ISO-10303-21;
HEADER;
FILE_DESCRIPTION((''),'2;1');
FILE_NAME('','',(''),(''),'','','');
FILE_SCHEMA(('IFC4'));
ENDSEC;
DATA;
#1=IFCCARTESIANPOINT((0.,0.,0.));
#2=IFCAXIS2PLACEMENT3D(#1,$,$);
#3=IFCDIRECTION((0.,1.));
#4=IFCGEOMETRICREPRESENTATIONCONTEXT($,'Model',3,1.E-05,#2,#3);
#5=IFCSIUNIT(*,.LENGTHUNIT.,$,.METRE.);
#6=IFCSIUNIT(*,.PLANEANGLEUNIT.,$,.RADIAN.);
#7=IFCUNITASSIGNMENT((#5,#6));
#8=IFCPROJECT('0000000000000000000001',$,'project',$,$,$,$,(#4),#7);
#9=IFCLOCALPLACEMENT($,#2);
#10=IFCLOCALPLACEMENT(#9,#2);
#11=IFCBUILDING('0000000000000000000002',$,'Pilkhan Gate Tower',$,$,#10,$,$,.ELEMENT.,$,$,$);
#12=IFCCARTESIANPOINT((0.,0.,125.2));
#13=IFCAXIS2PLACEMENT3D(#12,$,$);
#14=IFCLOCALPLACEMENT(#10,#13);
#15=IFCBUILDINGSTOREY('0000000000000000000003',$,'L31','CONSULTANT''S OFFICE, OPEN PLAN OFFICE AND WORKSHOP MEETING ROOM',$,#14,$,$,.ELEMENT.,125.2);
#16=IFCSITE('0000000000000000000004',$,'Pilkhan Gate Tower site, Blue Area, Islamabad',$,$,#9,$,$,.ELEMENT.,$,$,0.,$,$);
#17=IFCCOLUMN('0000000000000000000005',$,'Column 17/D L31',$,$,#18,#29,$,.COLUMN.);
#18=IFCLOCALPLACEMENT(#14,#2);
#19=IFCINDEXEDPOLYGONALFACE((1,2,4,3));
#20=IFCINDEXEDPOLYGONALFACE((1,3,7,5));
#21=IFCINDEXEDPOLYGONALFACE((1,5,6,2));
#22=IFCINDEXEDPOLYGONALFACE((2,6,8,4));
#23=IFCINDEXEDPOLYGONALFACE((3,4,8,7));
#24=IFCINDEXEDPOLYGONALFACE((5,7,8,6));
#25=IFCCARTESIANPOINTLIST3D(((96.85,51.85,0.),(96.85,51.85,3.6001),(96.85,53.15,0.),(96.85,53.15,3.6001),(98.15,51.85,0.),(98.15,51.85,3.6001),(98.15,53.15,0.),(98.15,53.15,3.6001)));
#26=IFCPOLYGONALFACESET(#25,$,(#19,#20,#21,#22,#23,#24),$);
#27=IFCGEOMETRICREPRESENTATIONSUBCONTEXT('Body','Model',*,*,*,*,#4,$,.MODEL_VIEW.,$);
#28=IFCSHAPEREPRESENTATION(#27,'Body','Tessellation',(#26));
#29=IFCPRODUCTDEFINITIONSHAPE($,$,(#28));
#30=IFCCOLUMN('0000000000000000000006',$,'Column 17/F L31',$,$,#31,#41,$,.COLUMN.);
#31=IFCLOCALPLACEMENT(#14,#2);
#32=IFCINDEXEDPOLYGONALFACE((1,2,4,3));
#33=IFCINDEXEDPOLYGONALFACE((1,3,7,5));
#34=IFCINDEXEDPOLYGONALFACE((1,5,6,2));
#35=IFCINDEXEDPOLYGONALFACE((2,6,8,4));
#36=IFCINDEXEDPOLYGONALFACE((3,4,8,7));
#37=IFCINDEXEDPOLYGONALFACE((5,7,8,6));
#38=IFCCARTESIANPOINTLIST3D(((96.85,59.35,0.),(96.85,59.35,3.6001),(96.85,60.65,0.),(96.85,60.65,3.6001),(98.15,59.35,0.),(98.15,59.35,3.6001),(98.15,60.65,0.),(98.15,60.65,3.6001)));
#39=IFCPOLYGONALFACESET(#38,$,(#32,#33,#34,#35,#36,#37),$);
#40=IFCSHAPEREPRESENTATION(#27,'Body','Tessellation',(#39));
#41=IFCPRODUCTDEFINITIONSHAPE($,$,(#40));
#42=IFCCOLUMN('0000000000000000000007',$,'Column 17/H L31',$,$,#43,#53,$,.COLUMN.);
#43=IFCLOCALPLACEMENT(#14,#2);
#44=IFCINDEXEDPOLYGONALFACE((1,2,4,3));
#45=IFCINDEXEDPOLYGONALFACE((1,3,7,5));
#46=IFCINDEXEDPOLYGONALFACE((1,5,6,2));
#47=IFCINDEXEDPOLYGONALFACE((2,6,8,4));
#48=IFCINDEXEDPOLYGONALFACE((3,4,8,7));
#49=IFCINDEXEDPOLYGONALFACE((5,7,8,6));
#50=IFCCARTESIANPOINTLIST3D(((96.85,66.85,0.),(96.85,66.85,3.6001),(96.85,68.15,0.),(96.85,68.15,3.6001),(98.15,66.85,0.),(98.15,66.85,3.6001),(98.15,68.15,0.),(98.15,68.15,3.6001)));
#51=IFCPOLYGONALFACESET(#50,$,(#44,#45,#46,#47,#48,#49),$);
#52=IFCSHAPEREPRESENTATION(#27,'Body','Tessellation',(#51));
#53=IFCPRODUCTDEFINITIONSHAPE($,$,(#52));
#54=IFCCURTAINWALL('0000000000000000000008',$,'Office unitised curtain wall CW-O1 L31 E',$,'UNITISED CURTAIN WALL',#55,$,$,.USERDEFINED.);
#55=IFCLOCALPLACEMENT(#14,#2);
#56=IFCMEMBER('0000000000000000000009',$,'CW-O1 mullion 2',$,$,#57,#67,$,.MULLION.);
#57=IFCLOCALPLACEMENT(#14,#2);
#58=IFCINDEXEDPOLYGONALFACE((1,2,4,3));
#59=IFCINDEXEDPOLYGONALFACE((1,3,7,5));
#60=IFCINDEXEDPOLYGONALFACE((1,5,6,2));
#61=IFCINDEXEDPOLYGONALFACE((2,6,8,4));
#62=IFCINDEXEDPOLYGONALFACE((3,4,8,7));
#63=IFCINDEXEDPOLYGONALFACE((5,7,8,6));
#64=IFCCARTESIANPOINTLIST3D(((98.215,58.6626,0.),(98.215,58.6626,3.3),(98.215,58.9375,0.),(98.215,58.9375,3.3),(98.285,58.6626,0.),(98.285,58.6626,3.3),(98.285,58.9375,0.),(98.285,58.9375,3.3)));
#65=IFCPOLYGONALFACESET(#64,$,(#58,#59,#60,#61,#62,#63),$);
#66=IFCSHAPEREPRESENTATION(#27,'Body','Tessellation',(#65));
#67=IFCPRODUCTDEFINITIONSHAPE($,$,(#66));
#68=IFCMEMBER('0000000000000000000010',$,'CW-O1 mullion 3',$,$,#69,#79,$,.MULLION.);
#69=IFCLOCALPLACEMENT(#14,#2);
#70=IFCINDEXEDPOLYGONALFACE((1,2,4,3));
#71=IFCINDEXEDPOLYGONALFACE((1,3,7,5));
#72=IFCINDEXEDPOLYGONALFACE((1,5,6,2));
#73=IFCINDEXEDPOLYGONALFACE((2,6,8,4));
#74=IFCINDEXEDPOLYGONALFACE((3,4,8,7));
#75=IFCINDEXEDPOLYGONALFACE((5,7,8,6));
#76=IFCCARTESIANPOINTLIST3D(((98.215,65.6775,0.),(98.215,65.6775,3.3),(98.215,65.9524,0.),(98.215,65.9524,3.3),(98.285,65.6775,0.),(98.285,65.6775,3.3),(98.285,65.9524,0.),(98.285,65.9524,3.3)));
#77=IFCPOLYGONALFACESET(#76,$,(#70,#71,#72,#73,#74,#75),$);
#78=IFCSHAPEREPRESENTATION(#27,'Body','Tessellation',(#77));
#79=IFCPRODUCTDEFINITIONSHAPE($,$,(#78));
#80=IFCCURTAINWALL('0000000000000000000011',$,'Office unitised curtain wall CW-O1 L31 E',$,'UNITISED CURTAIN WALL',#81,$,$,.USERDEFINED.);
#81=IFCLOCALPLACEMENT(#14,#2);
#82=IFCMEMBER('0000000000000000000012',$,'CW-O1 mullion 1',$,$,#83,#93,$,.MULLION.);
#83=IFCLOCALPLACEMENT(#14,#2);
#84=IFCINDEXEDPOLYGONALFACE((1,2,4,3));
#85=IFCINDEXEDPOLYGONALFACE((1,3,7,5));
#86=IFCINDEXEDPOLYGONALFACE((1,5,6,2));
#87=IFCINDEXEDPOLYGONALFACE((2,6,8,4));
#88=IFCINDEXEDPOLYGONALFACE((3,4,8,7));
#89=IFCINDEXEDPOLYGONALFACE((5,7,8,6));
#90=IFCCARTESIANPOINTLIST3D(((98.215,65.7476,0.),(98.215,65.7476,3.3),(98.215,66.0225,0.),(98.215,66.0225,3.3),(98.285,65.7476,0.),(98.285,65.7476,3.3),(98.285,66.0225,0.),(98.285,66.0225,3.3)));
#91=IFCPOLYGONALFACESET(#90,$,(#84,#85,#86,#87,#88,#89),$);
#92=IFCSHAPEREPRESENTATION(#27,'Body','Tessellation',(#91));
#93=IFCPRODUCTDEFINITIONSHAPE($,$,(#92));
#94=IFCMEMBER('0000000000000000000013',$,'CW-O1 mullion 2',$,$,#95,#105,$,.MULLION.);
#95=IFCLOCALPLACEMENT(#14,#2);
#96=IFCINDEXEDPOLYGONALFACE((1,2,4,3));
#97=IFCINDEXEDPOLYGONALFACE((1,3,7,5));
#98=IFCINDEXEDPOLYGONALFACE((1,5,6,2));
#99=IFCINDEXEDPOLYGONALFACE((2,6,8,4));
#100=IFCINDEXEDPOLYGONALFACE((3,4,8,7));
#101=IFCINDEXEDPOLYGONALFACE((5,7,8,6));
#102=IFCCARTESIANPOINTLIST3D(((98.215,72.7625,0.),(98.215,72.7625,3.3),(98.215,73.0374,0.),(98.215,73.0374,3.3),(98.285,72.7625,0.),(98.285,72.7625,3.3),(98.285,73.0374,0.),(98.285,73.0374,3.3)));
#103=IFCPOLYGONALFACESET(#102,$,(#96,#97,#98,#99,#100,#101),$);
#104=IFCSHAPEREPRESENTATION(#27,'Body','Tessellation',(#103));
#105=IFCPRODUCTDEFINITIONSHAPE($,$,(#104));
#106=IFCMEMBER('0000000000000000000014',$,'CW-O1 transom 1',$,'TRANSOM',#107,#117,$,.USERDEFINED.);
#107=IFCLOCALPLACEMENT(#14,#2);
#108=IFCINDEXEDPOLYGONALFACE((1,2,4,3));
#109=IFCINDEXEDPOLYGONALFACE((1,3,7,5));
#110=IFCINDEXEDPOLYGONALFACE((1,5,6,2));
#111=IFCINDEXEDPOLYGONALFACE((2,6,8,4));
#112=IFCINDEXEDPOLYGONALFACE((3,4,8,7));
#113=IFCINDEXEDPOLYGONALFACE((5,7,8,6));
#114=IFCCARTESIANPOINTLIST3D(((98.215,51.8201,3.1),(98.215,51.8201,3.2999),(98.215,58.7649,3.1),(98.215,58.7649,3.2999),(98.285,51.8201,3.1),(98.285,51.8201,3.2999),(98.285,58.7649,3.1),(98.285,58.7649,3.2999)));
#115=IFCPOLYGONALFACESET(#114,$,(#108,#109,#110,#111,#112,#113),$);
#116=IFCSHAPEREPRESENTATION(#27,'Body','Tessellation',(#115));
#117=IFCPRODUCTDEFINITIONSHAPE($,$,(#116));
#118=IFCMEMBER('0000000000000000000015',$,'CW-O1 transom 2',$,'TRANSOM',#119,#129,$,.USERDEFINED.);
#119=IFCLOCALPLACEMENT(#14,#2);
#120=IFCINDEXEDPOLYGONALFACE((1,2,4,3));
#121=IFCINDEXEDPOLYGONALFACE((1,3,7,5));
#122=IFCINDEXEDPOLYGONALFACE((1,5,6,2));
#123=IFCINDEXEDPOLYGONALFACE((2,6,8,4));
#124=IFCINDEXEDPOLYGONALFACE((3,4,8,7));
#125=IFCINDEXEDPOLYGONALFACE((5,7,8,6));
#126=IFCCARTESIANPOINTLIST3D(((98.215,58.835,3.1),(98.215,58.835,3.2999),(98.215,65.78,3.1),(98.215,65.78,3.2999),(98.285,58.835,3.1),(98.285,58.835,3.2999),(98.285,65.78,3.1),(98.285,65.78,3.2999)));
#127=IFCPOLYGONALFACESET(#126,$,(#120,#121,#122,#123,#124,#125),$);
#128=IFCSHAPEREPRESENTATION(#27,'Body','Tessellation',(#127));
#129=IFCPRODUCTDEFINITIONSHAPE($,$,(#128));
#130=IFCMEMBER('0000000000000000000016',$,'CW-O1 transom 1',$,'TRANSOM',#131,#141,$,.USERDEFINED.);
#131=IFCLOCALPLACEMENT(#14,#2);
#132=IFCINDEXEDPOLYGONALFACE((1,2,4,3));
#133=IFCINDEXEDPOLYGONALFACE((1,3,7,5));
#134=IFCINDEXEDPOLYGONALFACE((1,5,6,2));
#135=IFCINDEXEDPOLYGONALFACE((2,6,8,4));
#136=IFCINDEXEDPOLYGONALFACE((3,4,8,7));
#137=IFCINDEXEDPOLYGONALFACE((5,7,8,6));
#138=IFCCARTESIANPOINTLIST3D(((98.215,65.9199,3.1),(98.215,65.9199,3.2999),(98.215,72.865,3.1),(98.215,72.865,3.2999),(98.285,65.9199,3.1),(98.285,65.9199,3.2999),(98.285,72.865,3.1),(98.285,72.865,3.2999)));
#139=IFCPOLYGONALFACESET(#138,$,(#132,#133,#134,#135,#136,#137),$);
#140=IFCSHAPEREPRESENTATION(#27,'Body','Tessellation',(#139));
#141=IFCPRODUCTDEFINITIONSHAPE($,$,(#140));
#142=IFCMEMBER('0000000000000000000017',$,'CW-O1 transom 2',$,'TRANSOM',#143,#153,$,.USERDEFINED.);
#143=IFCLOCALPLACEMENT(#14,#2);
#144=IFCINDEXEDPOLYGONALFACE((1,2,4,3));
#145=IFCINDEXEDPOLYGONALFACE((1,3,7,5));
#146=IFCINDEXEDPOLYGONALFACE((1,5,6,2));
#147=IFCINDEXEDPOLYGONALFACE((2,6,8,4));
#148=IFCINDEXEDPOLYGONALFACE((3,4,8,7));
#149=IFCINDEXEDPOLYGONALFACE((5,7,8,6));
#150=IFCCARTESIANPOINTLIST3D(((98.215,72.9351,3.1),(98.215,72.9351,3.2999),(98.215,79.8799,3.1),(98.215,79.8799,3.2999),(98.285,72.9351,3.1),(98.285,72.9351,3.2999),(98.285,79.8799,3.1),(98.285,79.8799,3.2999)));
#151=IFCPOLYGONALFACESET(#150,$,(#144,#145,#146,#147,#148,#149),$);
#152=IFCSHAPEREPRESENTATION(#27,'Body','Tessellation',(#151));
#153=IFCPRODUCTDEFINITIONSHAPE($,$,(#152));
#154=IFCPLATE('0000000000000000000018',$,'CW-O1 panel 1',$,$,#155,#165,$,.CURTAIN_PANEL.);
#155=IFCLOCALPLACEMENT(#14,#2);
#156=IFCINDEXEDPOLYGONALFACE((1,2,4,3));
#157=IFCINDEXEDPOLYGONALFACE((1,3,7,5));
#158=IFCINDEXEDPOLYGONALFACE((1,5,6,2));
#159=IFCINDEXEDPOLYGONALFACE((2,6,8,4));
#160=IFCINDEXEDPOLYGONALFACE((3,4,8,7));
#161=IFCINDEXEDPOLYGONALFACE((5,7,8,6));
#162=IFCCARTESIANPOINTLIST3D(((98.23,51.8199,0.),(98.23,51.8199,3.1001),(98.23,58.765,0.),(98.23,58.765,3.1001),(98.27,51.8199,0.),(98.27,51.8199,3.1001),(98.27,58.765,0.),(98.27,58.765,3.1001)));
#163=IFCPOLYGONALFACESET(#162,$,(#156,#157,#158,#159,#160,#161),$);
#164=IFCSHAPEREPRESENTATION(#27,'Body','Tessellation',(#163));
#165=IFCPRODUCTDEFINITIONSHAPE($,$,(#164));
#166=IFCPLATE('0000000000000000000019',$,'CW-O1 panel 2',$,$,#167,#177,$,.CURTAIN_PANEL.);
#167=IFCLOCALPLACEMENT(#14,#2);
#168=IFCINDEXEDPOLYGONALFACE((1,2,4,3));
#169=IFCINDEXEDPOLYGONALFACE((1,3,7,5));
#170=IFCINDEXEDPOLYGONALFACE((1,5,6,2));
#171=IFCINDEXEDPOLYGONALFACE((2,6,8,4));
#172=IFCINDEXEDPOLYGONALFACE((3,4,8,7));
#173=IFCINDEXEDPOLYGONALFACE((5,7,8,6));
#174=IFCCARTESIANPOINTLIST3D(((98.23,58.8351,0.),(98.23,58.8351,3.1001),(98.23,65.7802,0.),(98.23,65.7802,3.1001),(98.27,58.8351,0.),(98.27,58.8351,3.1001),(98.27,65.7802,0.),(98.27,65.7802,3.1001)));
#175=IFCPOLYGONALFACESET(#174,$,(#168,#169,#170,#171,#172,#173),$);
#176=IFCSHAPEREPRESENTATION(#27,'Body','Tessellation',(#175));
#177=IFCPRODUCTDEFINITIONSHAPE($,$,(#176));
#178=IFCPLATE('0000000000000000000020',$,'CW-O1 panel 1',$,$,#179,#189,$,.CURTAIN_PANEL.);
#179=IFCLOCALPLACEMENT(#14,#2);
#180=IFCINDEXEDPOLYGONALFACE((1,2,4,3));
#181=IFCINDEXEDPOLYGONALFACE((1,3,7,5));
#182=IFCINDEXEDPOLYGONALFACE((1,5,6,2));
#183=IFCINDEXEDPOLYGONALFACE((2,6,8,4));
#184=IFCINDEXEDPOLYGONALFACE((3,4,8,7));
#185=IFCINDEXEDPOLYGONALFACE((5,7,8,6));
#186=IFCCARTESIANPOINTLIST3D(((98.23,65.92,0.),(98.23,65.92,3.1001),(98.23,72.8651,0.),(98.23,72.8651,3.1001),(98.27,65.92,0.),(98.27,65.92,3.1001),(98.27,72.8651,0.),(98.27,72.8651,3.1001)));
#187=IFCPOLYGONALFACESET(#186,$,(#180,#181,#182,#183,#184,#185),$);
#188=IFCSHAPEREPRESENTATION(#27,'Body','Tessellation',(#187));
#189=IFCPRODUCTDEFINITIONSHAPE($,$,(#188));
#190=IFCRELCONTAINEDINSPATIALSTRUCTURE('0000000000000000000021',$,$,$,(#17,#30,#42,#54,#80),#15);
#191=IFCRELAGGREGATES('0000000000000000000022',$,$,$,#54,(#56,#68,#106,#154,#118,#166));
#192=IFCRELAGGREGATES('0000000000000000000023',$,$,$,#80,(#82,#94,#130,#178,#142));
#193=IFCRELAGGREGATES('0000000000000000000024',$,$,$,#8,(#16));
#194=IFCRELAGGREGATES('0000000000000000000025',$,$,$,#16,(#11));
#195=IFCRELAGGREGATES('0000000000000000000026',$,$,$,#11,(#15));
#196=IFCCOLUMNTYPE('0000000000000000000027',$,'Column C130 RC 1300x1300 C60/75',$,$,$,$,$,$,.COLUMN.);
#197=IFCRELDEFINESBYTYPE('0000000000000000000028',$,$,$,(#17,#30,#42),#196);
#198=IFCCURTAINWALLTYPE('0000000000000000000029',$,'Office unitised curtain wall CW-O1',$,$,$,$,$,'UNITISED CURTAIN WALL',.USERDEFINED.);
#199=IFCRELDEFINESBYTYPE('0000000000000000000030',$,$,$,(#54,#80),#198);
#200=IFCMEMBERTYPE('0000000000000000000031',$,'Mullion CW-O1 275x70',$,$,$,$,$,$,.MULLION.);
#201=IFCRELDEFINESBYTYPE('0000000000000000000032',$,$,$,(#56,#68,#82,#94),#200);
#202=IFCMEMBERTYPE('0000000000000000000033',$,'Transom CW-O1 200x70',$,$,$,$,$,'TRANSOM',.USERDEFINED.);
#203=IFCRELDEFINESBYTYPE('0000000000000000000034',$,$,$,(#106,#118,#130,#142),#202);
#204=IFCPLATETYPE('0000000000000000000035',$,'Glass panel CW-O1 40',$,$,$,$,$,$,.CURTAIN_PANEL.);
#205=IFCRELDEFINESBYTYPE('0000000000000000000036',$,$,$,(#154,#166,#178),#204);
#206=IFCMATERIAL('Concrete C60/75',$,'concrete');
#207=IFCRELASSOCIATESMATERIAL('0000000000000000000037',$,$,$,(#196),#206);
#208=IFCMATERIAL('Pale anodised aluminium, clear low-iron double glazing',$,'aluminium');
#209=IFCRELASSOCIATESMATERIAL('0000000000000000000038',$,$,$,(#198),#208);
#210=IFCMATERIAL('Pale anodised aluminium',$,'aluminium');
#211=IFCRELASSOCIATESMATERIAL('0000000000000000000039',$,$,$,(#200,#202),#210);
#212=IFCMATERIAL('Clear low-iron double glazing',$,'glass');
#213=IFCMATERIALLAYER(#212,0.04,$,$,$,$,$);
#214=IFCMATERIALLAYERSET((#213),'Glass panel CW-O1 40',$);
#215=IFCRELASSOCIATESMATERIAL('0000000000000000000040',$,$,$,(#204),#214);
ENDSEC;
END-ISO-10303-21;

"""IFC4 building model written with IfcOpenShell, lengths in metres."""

from ifc_helpers import new_model, si_unit, direction, frame, origin, origin_2d, place, context, subcontext, project, spatial, rectangle, extrude, material, layer, layer_set, material_profile, profile_set, type_object, element, aggregate, save


model = new_model("IFC4")

# Units and contexts
model_context = context("Model", 3, precision=1e-05, world=origin(), true_north=direction((0.0, 1.0)))
body_context = subcontext(model_context, "Body", "Model", "MODEL_VIEW")
ifc_project = project(units=[si_unit("LENGTHUNIT", "METRE"), si_unit("PLANEANGLEUNIT", "RADIAN")], contexts=[model_context])

# Site, building, storey
site_placement = place(None, origin())
site = spatial("IfcSite", under=ifc_project, at=site_placement, Name="Pilkhan Gate Tower site, Blue Area, Islamabad", CompositionType="ELEMENT", RefElevation=0.0)
building_placement = place(site_placement, origin())
building = spatial("IfcBuilding", under=site, at=building_placement, Name="Pilkhan Gate Tower", CompositionType="ELEMENT")
storey_placement = place(building_placement, frame((0.0, 0.0, 125.2)))
storey = spatial("IfcBuildingStorey", under=building, at=storey_placement, Name="L31", Description="CONSULTANT'S OFFICE, OPEN PLAN OFFICE AND WORKSHOP MEETING ROOM", CompositionType="ELEMENT", Elevation=125.2)

# Columns
ifc_material_1 = material(Name="Concrete C60/75", Category="concrete")
ifc_material_profile_1 = material_profile(ifc_material_1, rectangle(XDim=1.3, YDim=1.3, at=origin_2d()), Name="RC 1300x1300")
ifc_profile_set_1 = profile_set([ifc_material_profile_1], Name="Concrete C60/75")
column_type = type_object("IfcColumnType", Name="Column C130 RC 1300x1300 C60/75", PredefinedType="COLUMN", material=ifc_profile_set_1)
for number, where, z_axis, x_axis, name in (
    (1, (97.5, 52.5, 0.0), (0.0, 0.0, 1.0), (1.0, 0.0, 0.0), "Column 17/D L31"),
    (2, (97.5, 60.0, 0.0), (0.0, 0.0, 1.0), (1.0, 0.0, 0.0), "Column 17/F L31"),
    (3, (97.5, 67.5, 0.0), (0.0, 0.0, 1.0), (1.0, 0.0, 0.0), "Column 17/H L31"),
):
    element("IfcColumn", number, at=place(storey_placement, frame(where, z_axis=z_axis, x_axis=x_axis)), inside=storey, type_object=column_type, Name=name, PredefinedType="COLUMN", context=body_context, shape_type="SweptSolid", body=[
        extrude(rectangle(XDim=1.3, YDim=1.3, at=origin_2d()), origin(), (0.0, 0.0, 1.0), 3.6001),
    ])

# Curtain walls, members
ifc_material_2 = material(Name="Pale anodised aluminium, clear low-iron double glazing", Category="aluminium")
curtain_wall_type = type_object("IfcCurtainWallType", Name="Office unitised curtain wall CW-O1", ElementType="UNITISED CURTAIN WALL", PredefinedType="USERDEFINED", material=ifc_material_2)
curtain_wall_1_placement = place(storey_placement, origin())
curtain_wall_1 = element("IfcCurtainWall", 4, at=curtain_wall_1_placement, inside=storey, type_object=curtain_wall_type, Name="Office unitised curtain wall CW-O1 L31 E", ObjectType="UNITISED CURTAIN WALL", PredefinedType="USERDEFINED")
ifc_material_3 = material(Name="Pale anodised aluminium", Category="aluminium")
ifc_material_profile_2 = material_profile(ifc_material_3, rectangle(XDim=0.0701, YDim=0.2749, at=origin_2d()), Name="Mullion 275x70")
ifc_profile_set_2 = profile_set([ifc_material_profile_2], Name="Pale anodised aluminium")
member_type_1 = type_object("IfcMemberType", Name="Mullion CW-O1 275x70", PredefinedType="MULLION", material=ifc_profile_set_2)
member_1_placement = place(storey_placement, frame((98.25, 58.8, 0.0), z_axis=(0.0, 0.0, 1.0), x_axis=(-1.0, 0.0, 0.0)))
member_1 = element("IfcMember", 5, at=member_1_placement, type_object=member_type_1, Name="CW-O1 mullion 2", PredefinedType="MULLION", context=body_context, shape_type="SweptSolid", body=[
    extrude(rectangle(XDim=0.0701, YDim=0.2749, at=origin_2d()), origin(), (0.0, 0.0, 1.0), 3.3),
])
member_2_placement = place(storey_placement, frame((98.25, 65.8149, 0.0), z_axis=(0.0, 0.0, 1.0), x_axis=(-1.0, 0.0, 0.0)))
member_2 = element("IfcMember", 6, at=member_2_placement, type_object=member_type_1, Name="CW-O1 mullion 3", PredefinedType="MULLION", context=body_context, shape_type="SweptSolid", body=[
    extrude(rectangle(XDim=0.0701, YDim=0.2749, at=origin_2d()), origin(), (0.0, 0.0, 1.0), 3.3),
])
curtain_wall_2_placement = place(storey_placement, origin())
curtain_wall_2 = element("IfcCurtainWall", 7, at=curtain_wall_2_placement, inside=storey, type_object=curtain_wall_type, Name="Office unitised curtain wall CW-O1 L31 E", ObjectType="UNITISED CURTAIN WALL", PredefinedType="USERDEFINED")
member_3_placement = place(storey_placement, frame((98.25, 65.885, 0.0), z_axis=(0.0, 0.0, 1.0), x_axis=(-1.0, 0.0, 0.0)))
member_3 = element("IfcMember", 8, at=member_3_placement, type_object=member_type_1, Name="CW-O1 mullion 1", PredefinedType="MULLION", context=body_context, shape_type="SweptSolid", body=[
    extrude(rectangle(XDim=0.0701, YDim=0.2749, at=origin_2d()), origin(), (0.0, 0.0, 1.0), 3.3),
])
member_4_placement = place(storey_placement, frame((98.25, 72.8999, 0.0), z_axis=(0.0, 0.0, 1.0), x_axis=(-1.0, 0.0, 0.0)))
member_4 = element("IfcMember", 9, at=member_4_placement, type_object=member_type_1, Name="CW-O1 mullion 2", PredefinedType="MULLION", context=body_context, shape_type="SweptSolid", body=[
    extrude(rectangle(XDim=0.0701, YDim=0.2749, at=origin_2d()), origin(), (0.0, 0.0, 1.0), 3.3),
])

# Members
ifc_material_profile_3 = material_profile(ifc_material_3, rectangle(XDim=0.0701, YDim=0.2, at=origin_2d()), Name="Transom 200x70")
ifc_profile_set_3 = profile_set([ifc_material_profile_3], Name="Pale anodised aluminium")
member_type_2 = type_object("IfcMemberType", Name="Transom CW-O1 200x70", ElementType="TRANSOM", PredefinedType="USERDEFINED", material=ifc_profile_set_3)
member_5_placement = place(storey_placement, frame((98.25, 51.8201, 3.2), z_axis=(0.0, 1.0, 0.0), x_axis=(-1.0, 0.0, 0.0)))
member_5 = element("IfcMember", 10, at=member_5_placement, type_object=member_type_2, Name="CW-O1 transom 1", ObjectType="TRANSOM", PredefinedType="USERDEFINED", context=body_context, shape_type="SweptSolid", body=[
    extrude(rectangle(XDim=0.0701, YDim=0.2, at=origin_2d()), origin(), (0.0, 0.0, 1.0), 6.9448),
])
member_6_placement = place(storey_placement, frame((98.25, 58.835, 3.2), z_axis=(0.0, 1.0, 0.0), x_axis=(-1.0, 0.0, 0.0)))
member_6 = element("IfcMember", 11, at=member_6_placement, type_object=member_type_2, Name="CW-O1 transom 2", ObjectType="TRANSOM", PredefinedType="USERDEFINED", context=body_context, shape_type="SweptSolid", body=[
    extrude(rectangle(XDim=0.0701, YDim=0.2, at=origin_2d()), origin(), (0.0, 0.0, 1.0), 6.9451),
])
member_7_placement = place(storey_placement, frame((98.25, 65.9199, 3.2), z_axis=(0.0, 1.0, 0.0), x_axis=(-1.0, 0.0, 0.0)))
member_7 = element("IfcMember", 12, at=member_7_placement, type_object=member_type_2, Name="CW-O1 transom 1", ObjectType="TRANSOM", PredefinedType="USERDEFINED", context=body_context, shape_type="SweptSolid", body=[
    extrude(rectangle(XDim=0.0701, YDim=0.2, at=origin_2d()), origin(), (0.0, 0.0, 1.0), 6.9451),
])
member_8_placement = place(storey_placement, frame((98.25, 72.9351, 3.2), z_axis=(0.0, 1.0, 0.0), x_axis=(-1.0, 0.0, 0.0)))
member_8 = element("IfcMember", 13, at=member_8_placement, type_object=member_type_2, Name="CW-O1 transom 2", ObjectType="TRANSOM", PredefinedType="USERDEFINED", context=body_context, shape_type="SweptSolid", body=[
    extrude(rectangle(XDim=0.0701, YDim=0.2, at=origin_2d()), origin(), (0.0, 0.0, 1.0), 6.9448),
])

# Plates
ifc_material_4 = material(Name="Clear low-iron double glazing", Category="glass")
ifc_layer_1 = layer(ifc_material_4, 0.04)
ifc_layer_set_1 = layer_set([ifc_layer_1], Name="Glass panel CW-O1 40")
plate_type = type_object("IfcPlateType", Name="Glass panel CW-O1 40", PredefinedType="CURTAIN_PANEL", material=ifc_layer_set_1)
plate_1_placement = place(storey_placement, frame((98.25, 55.2925, 0.0), z_axis=(0.0, 0.0, 1.0), x_axis=(0.0, 1.0, 0.0)))
plate_1 = element("IfcPlate", 14, at=plate_1_placement, type_object=plate_type, Name="CW-O1 panel 1", PredefinedType="CURTAIN_PANEL", context=body_context, shape_type="SweptSolid", body=[
    extrude(rectangle(XDim=6.9451, YDim=0.04, at=origin_2d()), origin(), (0.0, 0.0, 1.0), 3.1001),
])
plate_2_placement = place(storey_placement, frame((98.25, 62.3076, 0.0), z_axis=(0.0, 0.0, 1.0), x_axis=(0.0, 1.0, 0.0)))
plate_2 = element("IfcPlate", 15, at=plate_2_placement, type_object=plate_type, Name="CW-O1 panel 2", PredefinedType="CURTAIN_PANEL", context=body_context, shape_type="SweptSolid", body=[
    extrude(rectangle(XDim=6.9451, YDim=0.04, at=origin_2d()), origin(), (0.0, 0.0, 1.0), 3.1001),
])
aggregate(curtain_wall_1, [member_1, member_2, member_5, plate_1, member_6, plate_2])
plate_3_placement = place(storey_placement, frame((98.25, 69.3926, 0.0), z_axis=(0.0, 0.0, 1.0), x_axis=(0.0, 1.0, 0.0)))
plate_3 = element("IfcPlate", 16, at=plate_3_placement, type_object=plate_type, Name="CW-O1 panel 1", PredefinedType="CURTAIN_PANEL", context=body_context, shape_type="SweptSolid", body=[
    extrude(rectangle(XDim=6.9451, YDim=0.04, at=origin_2d()), origin(), (0.0, 0.0, 1.0), 3.1001),
])
aggregate(curtain_wall_2, [member_3, member_4, member_7, plate_3, member_8])

save(model, "model.ifc")
